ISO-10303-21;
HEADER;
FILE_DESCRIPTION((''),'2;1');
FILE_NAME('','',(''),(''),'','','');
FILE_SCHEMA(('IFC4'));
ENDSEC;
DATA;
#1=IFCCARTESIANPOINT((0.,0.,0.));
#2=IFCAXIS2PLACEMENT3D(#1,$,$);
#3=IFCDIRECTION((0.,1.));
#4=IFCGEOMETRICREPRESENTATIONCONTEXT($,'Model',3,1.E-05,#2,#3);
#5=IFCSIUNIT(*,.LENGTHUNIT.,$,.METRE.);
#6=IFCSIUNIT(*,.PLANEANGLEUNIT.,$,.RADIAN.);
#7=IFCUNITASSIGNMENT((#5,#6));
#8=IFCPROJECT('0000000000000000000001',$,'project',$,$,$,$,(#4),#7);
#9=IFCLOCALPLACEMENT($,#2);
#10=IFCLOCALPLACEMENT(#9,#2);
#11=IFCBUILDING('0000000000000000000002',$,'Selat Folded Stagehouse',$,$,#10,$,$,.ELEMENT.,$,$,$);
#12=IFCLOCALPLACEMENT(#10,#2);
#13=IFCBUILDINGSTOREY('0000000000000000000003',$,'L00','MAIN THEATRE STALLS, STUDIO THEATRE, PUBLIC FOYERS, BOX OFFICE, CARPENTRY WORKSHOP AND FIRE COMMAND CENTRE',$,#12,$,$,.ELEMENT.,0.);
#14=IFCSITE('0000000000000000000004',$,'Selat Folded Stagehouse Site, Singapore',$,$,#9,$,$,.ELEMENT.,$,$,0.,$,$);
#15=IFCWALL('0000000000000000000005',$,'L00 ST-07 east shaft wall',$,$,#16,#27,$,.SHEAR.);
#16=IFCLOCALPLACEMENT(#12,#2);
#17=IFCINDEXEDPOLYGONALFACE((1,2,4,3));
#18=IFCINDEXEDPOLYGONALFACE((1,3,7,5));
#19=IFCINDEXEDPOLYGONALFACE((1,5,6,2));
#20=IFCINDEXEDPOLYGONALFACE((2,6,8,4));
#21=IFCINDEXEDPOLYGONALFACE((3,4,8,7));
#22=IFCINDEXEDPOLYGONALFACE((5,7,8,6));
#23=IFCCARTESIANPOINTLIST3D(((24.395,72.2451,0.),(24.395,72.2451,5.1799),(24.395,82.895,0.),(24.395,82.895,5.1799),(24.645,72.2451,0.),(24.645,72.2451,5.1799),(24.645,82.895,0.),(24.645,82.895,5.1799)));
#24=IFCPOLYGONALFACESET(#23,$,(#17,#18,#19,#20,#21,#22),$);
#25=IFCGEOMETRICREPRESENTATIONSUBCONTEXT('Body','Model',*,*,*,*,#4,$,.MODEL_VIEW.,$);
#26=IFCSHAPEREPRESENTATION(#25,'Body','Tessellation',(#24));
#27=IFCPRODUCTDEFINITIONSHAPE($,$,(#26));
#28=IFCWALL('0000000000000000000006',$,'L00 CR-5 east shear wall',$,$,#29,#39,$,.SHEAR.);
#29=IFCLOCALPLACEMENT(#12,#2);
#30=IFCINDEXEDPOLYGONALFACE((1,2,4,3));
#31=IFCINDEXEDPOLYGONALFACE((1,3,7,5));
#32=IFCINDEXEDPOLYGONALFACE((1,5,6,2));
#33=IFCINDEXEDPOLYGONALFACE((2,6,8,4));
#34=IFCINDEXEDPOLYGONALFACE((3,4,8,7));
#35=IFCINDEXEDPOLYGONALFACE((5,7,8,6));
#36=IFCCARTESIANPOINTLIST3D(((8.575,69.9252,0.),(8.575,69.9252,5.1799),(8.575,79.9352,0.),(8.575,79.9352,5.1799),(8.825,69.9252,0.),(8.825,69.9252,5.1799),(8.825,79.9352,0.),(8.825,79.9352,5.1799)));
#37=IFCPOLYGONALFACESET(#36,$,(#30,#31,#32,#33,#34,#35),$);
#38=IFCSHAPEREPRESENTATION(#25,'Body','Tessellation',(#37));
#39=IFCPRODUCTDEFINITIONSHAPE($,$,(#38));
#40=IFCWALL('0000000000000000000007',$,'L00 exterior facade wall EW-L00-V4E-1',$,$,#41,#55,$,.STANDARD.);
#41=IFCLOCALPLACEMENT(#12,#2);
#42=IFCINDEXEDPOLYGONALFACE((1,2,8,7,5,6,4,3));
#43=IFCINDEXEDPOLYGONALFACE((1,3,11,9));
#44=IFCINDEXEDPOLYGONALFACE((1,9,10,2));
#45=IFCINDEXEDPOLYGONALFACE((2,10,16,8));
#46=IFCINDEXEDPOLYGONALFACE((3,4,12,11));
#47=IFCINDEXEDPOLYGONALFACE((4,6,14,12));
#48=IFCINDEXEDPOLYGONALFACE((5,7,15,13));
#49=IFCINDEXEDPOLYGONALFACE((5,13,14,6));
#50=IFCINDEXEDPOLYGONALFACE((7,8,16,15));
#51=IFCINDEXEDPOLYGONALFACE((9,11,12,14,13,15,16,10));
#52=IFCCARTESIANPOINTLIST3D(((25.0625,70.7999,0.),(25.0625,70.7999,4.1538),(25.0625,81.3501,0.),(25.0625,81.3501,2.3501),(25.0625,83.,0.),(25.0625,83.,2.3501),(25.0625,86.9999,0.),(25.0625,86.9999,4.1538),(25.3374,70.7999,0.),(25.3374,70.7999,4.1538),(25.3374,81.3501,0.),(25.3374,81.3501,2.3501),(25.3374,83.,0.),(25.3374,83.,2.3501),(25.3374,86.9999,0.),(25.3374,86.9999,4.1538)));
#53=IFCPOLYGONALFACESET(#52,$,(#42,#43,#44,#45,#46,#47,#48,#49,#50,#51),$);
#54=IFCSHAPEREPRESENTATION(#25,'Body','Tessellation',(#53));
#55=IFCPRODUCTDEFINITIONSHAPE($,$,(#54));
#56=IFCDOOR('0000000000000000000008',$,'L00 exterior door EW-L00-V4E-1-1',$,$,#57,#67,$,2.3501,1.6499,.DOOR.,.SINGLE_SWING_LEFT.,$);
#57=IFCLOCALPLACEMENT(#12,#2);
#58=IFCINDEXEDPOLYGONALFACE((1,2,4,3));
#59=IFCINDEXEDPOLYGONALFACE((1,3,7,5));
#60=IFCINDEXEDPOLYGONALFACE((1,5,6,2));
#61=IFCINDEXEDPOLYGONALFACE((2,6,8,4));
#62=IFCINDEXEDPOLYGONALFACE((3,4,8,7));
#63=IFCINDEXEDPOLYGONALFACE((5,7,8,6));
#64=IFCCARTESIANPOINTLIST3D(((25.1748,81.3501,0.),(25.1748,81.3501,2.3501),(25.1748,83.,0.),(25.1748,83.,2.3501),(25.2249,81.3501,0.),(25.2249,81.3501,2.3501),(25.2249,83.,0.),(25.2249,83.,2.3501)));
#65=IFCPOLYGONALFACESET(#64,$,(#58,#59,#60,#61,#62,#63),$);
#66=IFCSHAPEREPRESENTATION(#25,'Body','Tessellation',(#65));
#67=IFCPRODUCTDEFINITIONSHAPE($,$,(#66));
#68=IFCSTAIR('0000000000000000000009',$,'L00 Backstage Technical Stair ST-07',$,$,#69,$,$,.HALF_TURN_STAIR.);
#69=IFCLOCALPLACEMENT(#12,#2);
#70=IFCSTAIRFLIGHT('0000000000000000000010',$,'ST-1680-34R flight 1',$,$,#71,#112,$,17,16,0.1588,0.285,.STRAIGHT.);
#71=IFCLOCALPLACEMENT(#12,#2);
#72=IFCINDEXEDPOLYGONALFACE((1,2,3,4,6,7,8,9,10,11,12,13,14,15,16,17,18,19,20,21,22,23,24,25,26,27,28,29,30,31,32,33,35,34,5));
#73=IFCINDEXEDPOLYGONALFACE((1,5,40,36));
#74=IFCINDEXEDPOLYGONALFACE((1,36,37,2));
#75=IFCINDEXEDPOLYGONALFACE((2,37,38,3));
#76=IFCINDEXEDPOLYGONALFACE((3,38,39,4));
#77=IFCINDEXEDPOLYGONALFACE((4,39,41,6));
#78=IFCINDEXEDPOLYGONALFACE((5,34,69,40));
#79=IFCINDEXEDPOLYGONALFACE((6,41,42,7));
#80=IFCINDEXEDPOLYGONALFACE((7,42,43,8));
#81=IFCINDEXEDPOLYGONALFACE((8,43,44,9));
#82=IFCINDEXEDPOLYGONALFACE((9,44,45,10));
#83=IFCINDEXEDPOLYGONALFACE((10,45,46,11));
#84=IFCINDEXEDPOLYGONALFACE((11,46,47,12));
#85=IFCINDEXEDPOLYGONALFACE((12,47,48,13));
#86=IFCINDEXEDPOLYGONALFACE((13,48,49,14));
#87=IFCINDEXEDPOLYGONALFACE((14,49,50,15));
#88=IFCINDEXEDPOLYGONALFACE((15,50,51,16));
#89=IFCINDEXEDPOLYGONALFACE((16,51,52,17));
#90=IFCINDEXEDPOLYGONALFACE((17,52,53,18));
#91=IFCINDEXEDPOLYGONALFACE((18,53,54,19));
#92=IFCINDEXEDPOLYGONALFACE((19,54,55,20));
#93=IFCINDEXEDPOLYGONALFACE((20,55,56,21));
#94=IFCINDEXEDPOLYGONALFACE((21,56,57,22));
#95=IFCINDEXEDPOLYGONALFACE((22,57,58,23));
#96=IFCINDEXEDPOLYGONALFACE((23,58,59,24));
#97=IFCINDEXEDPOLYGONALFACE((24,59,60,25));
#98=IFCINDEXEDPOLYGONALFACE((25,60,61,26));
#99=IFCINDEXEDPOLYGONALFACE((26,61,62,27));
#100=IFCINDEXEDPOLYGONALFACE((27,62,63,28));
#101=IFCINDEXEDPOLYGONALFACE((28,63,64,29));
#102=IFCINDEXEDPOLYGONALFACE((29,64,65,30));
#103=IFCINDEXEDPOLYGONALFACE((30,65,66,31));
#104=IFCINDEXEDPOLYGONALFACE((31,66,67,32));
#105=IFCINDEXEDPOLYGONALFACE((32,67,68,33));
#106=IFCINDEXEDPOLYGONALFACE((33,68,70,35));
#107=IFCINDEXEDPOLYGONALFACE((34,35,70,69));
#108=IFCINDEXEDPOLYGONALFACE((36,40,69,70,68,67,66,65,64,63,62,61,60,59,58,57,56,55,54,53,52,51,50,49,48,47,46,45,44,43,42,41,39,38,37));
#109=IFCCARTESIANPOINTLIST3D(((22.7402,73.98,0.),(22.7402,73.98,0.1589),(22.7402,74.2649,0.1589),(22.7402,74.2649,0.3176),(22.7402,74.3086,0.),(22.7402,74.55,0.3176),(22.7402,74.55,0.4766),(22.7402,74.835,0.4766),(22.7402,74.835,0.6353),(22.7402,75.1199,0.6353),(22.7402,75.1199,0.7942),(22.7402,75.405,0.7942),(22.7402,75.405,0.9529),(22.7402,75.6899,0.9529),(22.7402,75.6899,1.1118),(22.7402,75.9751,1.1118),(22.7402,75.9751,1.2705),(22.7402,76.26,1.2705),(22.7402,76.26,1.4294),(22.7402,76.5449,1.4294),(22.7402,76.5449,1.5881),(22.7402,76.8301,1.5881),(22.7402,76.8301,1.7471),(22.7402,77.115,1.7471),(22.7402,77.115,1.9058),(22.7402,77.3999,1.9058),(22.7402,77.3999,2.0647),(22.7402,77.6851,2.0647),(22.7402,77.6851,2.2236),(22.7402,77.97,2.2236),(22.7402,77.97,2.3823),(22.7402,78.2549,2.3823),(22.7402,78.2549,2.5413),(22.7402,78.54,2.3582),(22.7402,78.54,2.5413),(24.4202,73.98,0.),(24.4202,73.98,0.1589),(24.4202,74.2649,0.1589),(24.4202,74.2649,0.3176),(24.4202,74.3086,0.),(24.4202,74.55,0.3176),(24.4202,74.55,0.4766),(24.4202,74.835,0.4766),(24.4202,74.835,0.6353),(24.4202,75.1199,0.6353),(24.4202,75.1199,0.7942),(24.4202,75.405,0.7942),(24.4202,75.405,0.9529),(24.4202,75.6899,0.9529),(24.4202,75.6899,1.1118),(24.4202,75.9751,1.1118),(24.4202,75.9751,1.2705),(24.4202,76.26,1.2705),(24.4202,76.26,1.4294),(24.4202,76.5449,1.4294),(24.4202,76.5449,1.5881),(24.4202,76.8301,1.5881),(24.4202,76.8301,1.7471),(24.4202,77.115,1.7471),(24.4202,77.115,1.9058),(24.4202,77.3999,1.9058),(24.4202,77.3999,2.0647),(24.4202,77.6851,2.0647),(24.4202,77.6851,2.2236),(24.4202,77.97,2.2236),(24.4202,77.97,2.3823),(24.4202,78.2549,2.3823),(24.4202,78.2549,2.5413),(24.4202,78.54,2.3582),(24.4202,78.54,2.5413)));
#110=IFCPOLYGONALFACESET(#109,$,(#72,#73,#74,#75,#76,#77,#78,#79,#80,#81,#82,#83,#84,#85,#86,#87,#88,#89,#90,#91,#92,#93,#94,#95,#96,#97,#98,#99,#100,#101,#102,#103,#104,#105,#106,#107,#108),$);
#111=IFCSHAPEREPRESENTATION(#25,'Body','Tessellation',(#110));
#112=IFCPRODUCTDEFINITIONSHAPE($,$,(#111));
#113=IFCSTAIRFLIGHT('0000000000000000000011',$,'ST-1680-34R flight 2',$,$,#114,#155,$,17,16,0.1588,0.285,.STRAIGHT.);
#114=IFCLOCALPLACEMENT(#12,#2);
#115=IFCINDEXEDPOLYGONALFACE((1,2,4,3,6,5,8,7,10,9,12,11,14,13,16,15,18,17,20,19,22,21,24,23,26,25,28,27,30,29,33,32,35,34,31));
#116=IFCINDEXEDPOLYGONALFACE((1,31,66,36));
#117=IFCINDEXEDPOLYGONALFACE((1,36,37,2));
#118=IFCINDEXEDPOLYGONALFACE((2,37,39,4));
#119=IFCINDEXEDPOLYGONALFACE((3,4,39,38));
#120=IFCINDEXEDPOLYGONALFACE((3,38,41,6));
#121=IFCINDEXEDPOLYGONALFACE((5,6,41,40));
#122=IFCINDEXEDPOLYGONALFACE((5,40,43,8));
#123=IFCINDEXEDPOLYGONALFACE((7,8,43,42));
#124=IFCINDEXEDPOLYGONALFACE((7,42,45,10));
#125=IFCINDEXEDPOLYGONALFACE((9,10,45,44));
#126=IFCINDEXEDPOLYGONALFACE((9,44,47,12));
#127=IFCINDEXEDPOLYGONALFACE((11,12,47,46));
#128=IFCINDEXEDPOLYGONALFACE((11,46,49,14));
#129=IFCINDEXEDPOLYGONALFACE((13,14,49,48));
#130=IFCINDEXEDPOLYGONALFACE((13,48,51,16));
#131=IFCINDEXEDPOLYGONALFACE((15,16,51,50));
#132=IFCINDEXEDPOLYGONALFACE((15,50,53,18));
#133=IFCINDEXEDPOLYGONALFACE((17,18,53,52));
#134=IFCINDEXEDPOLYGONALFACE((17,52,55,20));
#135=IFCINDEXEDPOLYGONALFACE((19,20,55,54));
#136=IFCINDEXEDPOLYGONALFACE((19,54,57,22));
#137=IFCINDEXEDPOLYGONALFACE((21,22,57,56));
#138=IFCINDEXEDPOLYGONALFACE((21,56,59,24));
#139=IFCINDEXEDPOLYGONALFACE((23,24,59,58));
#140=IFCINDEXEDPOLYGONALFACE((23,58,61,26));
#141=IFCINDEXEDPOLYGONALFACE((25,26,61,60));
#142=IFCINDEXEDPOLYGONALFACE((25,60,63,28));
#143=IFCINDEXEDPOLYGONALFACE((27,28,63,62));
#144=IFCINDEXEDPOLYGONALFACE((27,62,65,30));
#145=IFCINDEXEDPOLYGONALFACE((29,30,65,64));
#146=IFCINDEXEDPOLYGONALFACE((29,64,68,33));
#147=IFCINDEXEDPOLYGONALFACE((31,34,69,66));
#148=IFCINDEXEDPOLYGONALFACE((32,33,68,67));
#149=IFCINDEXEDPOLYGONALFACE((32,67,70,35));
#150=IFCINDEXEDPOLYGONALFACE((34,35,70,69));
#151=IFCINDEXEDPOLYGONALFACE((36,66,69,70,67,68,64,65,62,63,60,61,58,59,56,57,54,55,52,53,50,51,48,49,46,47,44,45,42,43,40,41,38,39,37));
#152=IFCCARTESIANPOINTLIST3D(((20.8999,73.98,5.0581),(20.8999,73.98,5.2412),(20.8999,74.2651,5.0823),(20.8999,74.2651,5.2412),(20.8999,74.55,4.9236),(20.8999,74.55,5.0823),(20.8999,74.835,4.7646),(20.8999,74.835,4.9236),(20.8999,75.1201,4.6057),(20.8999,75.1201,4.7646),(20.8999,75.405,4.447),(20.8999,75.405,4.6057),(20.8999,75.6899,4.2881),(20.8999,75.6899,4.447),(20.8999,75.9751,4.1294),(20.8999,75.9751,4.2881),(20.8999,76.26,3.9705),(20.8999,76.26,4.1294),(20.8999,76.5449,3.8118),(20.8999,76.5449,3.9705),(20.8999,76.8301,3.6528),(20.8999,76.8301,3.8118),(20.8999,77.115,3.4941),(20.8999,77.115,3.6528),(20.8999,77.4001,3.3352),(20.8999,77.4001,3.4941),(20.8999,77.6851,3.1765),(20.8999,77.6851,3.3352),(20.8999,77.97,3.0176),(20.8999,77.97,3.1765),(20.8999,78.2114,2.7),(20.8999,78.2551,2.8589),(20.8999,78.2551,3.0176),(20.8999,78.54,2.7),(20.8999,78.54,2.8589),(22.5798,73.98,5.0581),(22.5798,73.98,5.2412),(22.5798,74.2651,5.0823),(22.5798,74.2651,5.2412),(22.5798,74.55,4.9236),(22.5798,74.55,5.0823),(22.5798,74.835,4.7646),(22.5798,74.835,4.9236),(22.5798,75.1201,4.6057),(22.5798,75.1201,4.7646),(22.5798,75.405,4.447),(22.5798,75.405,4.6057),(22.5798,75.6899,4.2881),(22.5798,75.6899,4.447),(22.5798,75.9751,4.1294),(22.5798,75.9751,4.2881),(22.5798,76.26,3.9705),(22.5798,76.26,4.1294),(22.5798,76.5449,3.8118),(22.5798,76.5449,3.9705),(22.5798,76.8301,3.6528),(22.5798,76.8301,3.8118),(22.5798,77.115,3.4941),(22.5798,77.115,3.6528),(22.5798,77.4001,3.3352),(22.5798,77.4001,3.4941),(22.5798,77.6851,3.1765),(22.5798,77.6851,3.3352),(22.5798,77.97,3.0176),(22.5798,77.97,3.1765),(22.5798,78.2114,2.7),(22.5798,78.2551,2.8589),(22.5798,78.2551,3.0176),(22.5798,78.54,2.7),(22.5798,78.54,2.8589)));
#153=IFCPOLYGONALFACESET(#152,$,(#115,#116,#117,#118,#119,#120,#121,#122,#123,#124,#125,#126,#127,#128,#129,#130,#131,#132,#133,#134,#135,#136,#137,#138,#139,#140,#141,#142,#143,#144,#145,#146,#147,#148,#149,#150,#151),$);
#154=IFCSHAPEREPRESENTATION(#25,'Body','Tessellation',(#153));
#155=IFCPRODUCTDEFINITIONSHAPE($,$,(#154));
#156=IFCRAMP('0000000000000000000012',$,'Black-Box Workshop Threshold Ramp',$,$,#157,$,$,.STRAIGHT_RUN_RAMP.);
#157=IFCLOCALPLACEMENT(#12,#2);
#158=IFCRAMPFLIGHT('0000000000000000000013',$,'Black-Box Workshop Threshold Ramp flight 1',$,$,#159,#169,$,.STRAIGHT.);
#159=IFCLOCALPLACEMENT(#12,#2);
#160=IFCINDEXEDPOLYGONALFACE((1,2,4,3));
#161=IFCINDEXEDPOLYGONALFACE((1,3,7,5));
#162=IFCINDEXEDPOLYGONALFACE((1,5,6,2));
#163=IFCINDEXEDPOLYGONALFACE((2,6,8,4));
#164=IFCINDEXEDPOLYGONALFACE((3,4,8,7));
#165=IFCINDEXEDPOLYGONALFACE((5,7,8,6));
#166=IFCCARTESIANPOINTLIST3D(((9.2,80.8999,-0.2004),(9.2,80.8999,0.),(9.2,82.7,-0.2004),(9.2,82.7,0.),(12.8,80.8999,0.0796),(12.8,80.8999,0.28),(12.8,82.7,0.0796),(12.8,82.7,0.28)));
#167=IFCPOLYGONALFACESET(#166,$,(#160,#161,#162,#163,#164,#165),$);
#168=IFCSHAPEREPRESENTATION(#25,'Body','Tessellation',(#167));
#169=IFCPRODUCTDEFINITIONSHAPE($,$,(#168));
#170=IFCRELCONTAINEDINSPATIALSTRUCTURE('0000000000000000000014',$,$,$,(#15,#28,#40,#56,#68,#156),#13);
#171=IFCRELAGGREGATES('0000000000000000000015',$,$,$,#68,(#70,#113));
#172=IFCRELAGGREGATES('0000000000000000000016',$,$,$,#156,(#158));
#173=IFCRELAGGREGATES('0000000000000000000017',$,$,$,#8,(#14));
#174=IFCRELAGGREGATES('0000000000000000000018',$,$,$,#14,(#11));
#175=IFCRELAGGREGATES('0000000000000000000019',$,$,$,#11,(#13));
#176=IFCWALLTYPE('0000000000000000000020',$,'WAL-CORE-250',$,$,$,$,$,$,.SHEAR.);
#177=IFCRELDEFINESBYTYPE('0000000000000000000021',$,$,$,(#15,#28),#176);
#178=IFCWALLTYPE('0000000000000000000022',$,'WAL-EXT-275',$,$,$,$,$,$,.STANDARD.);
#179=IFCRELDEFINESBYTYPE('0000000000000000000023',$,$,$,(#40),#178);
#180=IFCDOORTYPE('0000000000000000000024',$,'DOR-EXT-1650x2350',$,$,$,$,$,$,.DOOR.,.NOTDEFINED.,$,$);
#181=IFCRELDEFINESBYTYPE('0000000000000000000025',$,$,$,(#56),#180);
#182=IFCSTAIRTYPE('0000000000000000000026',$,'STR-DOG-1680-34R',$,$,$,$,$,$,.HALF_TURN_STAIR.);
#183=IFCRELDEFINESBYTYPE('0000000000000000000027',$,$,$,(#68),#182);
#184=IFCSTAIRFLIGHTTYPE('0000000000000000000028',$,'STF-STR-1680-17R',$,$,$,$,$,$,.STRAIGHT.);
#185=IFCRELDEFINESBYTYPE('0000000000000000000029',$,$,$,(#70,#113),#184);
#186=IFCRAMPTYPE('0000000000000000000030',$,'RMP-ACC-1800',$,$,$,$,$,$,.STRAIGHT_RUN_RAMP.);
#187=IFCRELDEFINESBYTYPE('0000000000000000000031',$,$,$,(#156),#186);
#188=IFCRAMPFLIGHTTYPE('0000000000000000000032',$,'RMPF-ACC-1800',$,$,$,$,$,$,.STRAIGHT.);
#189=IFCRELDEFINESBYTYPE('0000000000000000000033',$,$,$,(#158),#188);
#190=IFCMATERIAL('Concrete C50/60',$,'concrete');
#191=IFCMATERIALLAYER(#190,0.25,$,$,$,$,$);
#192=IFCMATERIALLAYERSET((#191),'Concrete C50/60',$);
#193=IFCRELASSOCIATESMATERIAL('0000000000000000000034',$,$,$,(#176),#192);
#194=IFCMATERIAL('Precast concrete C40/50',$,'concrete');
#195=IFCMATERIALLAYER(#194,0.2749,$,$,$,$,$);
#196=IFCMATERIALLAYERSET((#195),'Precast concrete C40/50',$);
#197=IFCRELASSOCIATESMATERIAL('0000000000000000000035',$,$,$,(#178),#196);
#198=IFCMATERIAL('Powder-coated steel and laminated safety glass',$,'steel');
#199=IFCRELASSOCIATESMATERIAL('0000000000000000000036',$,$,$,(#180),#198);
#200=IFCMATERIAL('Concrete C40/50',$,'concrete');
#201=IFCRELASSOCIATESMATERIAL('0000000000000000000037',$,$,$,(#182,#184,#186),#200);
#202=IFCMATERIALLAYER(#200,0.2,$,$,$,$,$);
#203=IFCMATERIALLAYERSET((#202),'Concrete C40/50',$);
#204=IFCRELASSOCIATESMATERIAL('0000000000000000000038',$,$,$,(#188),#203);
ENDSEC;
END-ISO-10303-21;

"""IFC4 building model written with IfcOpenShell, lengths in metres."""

from ifc_helpers import new_model, si_unit, direction, frame, frame_2d, origin, place, context, subcontext, project, spatial, polyline, rectangle, outline, extrude, material, layer, layer_set, type_object, element, fill, aggregate, save


model = new_model("IFC4")

# Units and contexts
model_context = context("Model", 3, precision=1e-05, world=origin(), true_north=direction((0.0, 1.0)))
body_context = subcontext(model_context, "Body", "Model", "MODEL_VIEW")
ifc_project = project(units=[si_unit("LENGTHUNIT", "METRE"), si_unit("PLANEANGLEUNIT", "RADIAN")], contexts=[model_context])

# Site, building, storey
site_placement = place(None, origin())
site = spatial("IfcSite", under=ifc_project, at=site_placement, Name="Selat Folded Stagehouse Site, Singapore", CompositionType="ELEMENT", RefElevation=0.0)
building_placement = place(site_placement, origin())
building = spatial("IfcBuilding", under=site, at=building_placement, Name="Selat Folded Stagehouse", CompositionType="ELEMENT")
storey_placement = place(building_placement, origin())
storey = spatial("IfcBuildingStorey", under=building, at=storey_placement, Name="L00", Description="MAIN THEATRE STALLS, STUDIO THEATRE, PUBLIC FOYERS, BOX OFFICE, CARPENTRY WORKSHOP AND FIRE COMMAND CENTRE", CompositionType="ELEMENT", Elevation=0.0)

# Shared definitions
ifc_material_1 = material(Name="Concrete C40/50", Category="concrete")

# Walls
ifc_material_2 = material(Name="Concrete C50/60", Category="concrete")
ifc_layer_1 = layer(ifc_material_2, 0.25)
ifc_layer_set_1 = layer_set([ifc_layer_1], Name="Concrete C50/60")
wall_type_1 = type_object("IfcWallType", Name="WAL-CORE-250", PredefinedType="SHEAR", material=ifc_layer_set_1)
wall_1_placement = place(storey_placement, frame((24.52, 82.895, 0.0), z_axis=(0.0, 0.0, 1.0), x_axis=(0.0, -1.0, 0.0)))
element("IfcWall", 1, at=wall_1_placement, inside=storey, type_object=wall_type_1, Name="L00 ST-07 east shaft wall", PredefinedType="SHEAR", context=body_context, shape_type="SweptSolid", body=[
    extrude(rectangle(XDim=10.6499, YDim=0.25, at=frame_2d((5.325, 0.0))), origin(), (0.0, 0.0, 1.0), 5.1799),
])
wall_2_placement = place(storey_placement, frame((8.7, 79.9351, 0.0), z_axis=(0.0, 0.0, 1.0), x_axis=(0.0, -1.0, 0.0)))
element("IfcWall", 2, at=wall_2_placement, inside=storey, type_object=wall_type_1, Name="L00 CR-5 east shear wall", PredefinedType="SHEAR", context=body_context, shape_type="SweptSolid", body=[
    extrude(rectangle(XDim=10.01, YDim=0.25, at=frame_2d((5.0049, 0.0))), origin(), (0.0, 0.0, 1.0), 5.1799),
])

# Wall, opening, door
ifc_material_3 = material(Name="Precast concrete C40/50", Category="concrete")
ifc_layer_2 = layer(ifc_material_3, 0.2749)
ifc_layer_set_2 = layer_set([ifc_layer_2], Name="Precast concrete C40/50")
wall_type_2 = type_object("IfcWallType", Name="WAL-EXT-275", PredefinedType="STANDARD", material=ifc_layer_set_2)
wall_3_placement = place(storey_placement, frame((25.2, 87.0, 0.0), z_axis=(0.0, 0.0, 1.0), x_axis=(0.0, -1.0, 0.0)))
wall_3 = element("IfcWall", 3, at=wall_3_placement, inside=storey, type_object=wall_type_2, Name="L00 exterior facade wall EW-L00-V4E-1", PredefinedType="STANDARD", context=body_context, shape_type="SweptSolid", body=[
    extrude(rectangle(XDim=16.2, YDim=0.2749, at=frame_2d((8.1001, 0.0))), origin(), (0.0, 0.0, 1.0), 4.1538),
])
opening_placement = place(wall_3_placement, frame((4.0, 0.0, 0.0)))
opening = element("IfcOpeningElement", 4, at=opening_placement, cuts=wall_3, PredefinedType="OPENING", context=body_context, shape_type="SweptSolid", body=[
    extrude(rectangle(XDim=1.6499, YDim=2.3501, at=frame_2d((0.825, 1.175))), frame((0.0, 0.1475, 0.0), z_axis=(0.0, -1.0, 0.0), x_axis=(1.0, 0.0, 0.0)), (0.0, 0.0, 1.0), 0.2949),
])
ifc_material_4 = material(Name="Powder-coated steel and laminated safety glass", Category="steel")
door_type = type_object("IfcDoorType", Name="DOR-EXT-1650x2350", OperationType="NOTDEFINED", PredefinedType="DOOR", material=ifc_material_4)
door_placement = place(opening_placement, origin())
door = element("IfcDoor", 5, at=door_placement, inside=storey, type_object=door_type, Name="L00 exterior door EW-L00-V4E-1-1", OperationType="SINGLE_SWING_LEFT", OverallHeight=2.3501, OverallWidth=1.6499, PredefinedType="DOOR", context=body_context, shape_type="SweptSolid", body=[
    extrude(rectangle(XDim=1.6499, YDim=2.3501, at=frame_2d((0.825, 1.175))), frame((0.0, 0.0249, 0.0), z_axis=(0.0, -1.0, 0.0), x_axis=(1.0, 0.0, 0.0)), (0.0, 0.0, 1.0), 0.05),
])
fill(opening, door)

# Stair, stair flights
stair_type = type_object("IfcStairType", Name="STR-DOG-1680-34R", PredefinedType="HALF_TURN_STAIR", material=ifc_material_1)
stair_placement = place(storey_placement, origin())
stair = element("IfcStair", 6, at=stair_placement, inside=storey, type_object=stair_type, Name="L00 Backstage Technical Stair ST-07", PredefinedType="HALF_TURN_STAIR")
stair_flight_type = type_object("IfcStairFlightType", Name="STF-STR-1680-17R", PredefinedType="STRAIGHT", material=ifc_material_1)
stair_flight_1_placement = place(storey_placement, frame((23.5801, 73.98, 0.0), z_axis=(0.0, 0.0, 1.0), x_axis=(0.0, 1.0, 0.0)))
stair_flight_1 = element("IfcStairFlight", 7, at=stair_flight_1_placement, type_object=stair_flight_type, Name="ST-1680-34R flight 1", NumberOfRisers=17, NumberOfTreads=16, PredefinedType="STRAIGHT", RiserHeight=0.1588, TreadLength=0.285, context=body_context, shape_type="SweptSolid", body=[
    extrude(outline(polyline([(0.0, 0.0), (0.0, 0.1589), (0.2849, 0.1589), (0.2849, 0.3176), (0.5701, 0.3176), (0.5701, 0.4766), (0.855, 0.4766), (0.855, 0.6353), (1.1399, 0.6353), (1.1399, 0.7942), (1.425, 0.7942), (1.425, 0.9529), (1.71, 0.9529), (1.71, 1.1118), (1.9951, 1.1118), (1.9951, 1.2705), (2.28, 1.2705), (2.28, 1.4294), (2.5649, 1.4294), (2.5649, 1.5881), (2.8501, 1.5881), (2.8501, 1.7471), (3.135, 1.7471), (3.135, 1.9058), (3.4199, 1.9058), (3.4199, 2.0647), (3.7051, 2.0647), (3.7051, 2.2236), (3.99, 2.2236), (3.99, 2.3823), (4.2749, 2.3823), (4.2749, 2.5413), (4.5601, 2.5413), (4.5601, 2.7), (4.5601, 2.3582), (0.3286, 0.0), (0.0, 0.0)])), frame((0.0, 0.8398, 0.0), z_axis=(0.0, -1.0, 0.0), x_axis=(1.0, 0.0, 0.0)), (0.0, 0.0, 1.0), 1.6799),
])
stair_flight_2_placement = place(storey_placement, frame((21.74, 78.54, 2.7), z_axis=(0.0, 0.0, 1.0), x_axis=(0.0, -1.0, 0.0)))
stair_flight_2 = element("IfcStairFlight", 8, at=stair_flight_2_placement, type_object=stair_flight_type, Name="ST-1680-34R flight 2", NumberOfRisers=17, NumberOfTreads=16, PredefinedType="STRAIGHT", RiserHeight=0.1588, TreadLength=0.285, context=body_context, shape_type="SweptSolid", body=[
    extrude(outline(polyline([(0.0, 0.0), (0.0, 0.1589), (0.2849, 0.1589), (0.2849, 0.3176), (0.5701, 0.3176), (0.5701, 0.4766), (0.855, 0.4766), (0.855, 0.6353), (1.1399, 0.6353), (1.1399, 0.7942), (1.425, 0.7942), (1.425, 0.9529), (1.71, 0.9529), (1.71, 1.1118), (1.9951, 1.1118), (1.9951, 1.2705), (2.28, 1.2705), (2.28, 1.4294), (2.5649, 1.4294), (2.5649, 1.5881), (2.8501, 1.5881), (2.8501, 1.7471), (3.135, 1.7471), (3.135, 1.9058), (3.4199, 1.9058), (3.4199, 2.0647), (3.7051, 2.0647), (3.7051, 2.2236), (3.99, 2.2236), (3.99, 2.3823), (4.2749, 2.3823), (4.2749, 2.5413), (4.5601, 2.5413), (4.5601, 2.7), (4.5601, 2.3582), (0.3286, 0.0), (0.0, 0.0)])), frame((0.0, 0.8398, 0.0), z_axis=(0.0, -1.0, 0.0), x_axis=(1.0, 0.0, 0.0)), (0.0, 0.0, 1.0), 1.6799),
])
aggregate(stair, [stair_flight_1, stair_flight_2])

# Ramp, ramp flight
ramp_type = type_object("IfcRampType", Name="RMP-ACC-1800", PredefinedType="STRAIGHT_RUN_RAMP", material=ifc_material_1)
ramp_placement = place(storey_placement, origin())
ramp = element("IfcRamp", 9, at=ramp_placement, inside=storey, type_object=ramp_type, Name="Black-Box Workshop Threshold Ramp", PredefinedType="STRAIGHT_RUN_RAMP")
ifc_layer_3 = layer(ifc_material_1, 0.2)
ifc_layer_set_3 = layer_set([ifc_layer_3], Name="Concrete C40/50")
ramp_flight_type = type_object("IfcRampFlightType", Name="RMPF-ACC-1800", PredefinedType="STRAIGHT", material=ifc_layer_set_3)
ramp_flight_placement = place(storey_placement, frame((9.2, 81.8, 0.0), z_axis=(0.0, 0.0, 1.0), x_axis=(1.0, 0.0, 0.0)))
ramp_flight = element("IfcRampFlight", 10, at=ramp_flight_placement, type_object=ramp_flight_type, Name="Black-Box Workshop Threshold Ramp flight 1", PredefinedType="STRAIGHT", context=body_context, shape_type="SweptSolid", body=[
    extrude(outline(polyline([(0.0, 0.0), (3.6001, 0.28), (3.6001, 0.0796), (0.0, -0.2004), (0.0, 0.0)])), frame((0.0, 0.8999, 0.0), z_axis=(0.0, -1.0, 0.0), x_axis=(1.0, 0.0, 0.0)), (0.0, 0.0, 1.0), 1.8),
])
aggregate(ramp, [ramp_flight])

save(model, "model.ifc")
